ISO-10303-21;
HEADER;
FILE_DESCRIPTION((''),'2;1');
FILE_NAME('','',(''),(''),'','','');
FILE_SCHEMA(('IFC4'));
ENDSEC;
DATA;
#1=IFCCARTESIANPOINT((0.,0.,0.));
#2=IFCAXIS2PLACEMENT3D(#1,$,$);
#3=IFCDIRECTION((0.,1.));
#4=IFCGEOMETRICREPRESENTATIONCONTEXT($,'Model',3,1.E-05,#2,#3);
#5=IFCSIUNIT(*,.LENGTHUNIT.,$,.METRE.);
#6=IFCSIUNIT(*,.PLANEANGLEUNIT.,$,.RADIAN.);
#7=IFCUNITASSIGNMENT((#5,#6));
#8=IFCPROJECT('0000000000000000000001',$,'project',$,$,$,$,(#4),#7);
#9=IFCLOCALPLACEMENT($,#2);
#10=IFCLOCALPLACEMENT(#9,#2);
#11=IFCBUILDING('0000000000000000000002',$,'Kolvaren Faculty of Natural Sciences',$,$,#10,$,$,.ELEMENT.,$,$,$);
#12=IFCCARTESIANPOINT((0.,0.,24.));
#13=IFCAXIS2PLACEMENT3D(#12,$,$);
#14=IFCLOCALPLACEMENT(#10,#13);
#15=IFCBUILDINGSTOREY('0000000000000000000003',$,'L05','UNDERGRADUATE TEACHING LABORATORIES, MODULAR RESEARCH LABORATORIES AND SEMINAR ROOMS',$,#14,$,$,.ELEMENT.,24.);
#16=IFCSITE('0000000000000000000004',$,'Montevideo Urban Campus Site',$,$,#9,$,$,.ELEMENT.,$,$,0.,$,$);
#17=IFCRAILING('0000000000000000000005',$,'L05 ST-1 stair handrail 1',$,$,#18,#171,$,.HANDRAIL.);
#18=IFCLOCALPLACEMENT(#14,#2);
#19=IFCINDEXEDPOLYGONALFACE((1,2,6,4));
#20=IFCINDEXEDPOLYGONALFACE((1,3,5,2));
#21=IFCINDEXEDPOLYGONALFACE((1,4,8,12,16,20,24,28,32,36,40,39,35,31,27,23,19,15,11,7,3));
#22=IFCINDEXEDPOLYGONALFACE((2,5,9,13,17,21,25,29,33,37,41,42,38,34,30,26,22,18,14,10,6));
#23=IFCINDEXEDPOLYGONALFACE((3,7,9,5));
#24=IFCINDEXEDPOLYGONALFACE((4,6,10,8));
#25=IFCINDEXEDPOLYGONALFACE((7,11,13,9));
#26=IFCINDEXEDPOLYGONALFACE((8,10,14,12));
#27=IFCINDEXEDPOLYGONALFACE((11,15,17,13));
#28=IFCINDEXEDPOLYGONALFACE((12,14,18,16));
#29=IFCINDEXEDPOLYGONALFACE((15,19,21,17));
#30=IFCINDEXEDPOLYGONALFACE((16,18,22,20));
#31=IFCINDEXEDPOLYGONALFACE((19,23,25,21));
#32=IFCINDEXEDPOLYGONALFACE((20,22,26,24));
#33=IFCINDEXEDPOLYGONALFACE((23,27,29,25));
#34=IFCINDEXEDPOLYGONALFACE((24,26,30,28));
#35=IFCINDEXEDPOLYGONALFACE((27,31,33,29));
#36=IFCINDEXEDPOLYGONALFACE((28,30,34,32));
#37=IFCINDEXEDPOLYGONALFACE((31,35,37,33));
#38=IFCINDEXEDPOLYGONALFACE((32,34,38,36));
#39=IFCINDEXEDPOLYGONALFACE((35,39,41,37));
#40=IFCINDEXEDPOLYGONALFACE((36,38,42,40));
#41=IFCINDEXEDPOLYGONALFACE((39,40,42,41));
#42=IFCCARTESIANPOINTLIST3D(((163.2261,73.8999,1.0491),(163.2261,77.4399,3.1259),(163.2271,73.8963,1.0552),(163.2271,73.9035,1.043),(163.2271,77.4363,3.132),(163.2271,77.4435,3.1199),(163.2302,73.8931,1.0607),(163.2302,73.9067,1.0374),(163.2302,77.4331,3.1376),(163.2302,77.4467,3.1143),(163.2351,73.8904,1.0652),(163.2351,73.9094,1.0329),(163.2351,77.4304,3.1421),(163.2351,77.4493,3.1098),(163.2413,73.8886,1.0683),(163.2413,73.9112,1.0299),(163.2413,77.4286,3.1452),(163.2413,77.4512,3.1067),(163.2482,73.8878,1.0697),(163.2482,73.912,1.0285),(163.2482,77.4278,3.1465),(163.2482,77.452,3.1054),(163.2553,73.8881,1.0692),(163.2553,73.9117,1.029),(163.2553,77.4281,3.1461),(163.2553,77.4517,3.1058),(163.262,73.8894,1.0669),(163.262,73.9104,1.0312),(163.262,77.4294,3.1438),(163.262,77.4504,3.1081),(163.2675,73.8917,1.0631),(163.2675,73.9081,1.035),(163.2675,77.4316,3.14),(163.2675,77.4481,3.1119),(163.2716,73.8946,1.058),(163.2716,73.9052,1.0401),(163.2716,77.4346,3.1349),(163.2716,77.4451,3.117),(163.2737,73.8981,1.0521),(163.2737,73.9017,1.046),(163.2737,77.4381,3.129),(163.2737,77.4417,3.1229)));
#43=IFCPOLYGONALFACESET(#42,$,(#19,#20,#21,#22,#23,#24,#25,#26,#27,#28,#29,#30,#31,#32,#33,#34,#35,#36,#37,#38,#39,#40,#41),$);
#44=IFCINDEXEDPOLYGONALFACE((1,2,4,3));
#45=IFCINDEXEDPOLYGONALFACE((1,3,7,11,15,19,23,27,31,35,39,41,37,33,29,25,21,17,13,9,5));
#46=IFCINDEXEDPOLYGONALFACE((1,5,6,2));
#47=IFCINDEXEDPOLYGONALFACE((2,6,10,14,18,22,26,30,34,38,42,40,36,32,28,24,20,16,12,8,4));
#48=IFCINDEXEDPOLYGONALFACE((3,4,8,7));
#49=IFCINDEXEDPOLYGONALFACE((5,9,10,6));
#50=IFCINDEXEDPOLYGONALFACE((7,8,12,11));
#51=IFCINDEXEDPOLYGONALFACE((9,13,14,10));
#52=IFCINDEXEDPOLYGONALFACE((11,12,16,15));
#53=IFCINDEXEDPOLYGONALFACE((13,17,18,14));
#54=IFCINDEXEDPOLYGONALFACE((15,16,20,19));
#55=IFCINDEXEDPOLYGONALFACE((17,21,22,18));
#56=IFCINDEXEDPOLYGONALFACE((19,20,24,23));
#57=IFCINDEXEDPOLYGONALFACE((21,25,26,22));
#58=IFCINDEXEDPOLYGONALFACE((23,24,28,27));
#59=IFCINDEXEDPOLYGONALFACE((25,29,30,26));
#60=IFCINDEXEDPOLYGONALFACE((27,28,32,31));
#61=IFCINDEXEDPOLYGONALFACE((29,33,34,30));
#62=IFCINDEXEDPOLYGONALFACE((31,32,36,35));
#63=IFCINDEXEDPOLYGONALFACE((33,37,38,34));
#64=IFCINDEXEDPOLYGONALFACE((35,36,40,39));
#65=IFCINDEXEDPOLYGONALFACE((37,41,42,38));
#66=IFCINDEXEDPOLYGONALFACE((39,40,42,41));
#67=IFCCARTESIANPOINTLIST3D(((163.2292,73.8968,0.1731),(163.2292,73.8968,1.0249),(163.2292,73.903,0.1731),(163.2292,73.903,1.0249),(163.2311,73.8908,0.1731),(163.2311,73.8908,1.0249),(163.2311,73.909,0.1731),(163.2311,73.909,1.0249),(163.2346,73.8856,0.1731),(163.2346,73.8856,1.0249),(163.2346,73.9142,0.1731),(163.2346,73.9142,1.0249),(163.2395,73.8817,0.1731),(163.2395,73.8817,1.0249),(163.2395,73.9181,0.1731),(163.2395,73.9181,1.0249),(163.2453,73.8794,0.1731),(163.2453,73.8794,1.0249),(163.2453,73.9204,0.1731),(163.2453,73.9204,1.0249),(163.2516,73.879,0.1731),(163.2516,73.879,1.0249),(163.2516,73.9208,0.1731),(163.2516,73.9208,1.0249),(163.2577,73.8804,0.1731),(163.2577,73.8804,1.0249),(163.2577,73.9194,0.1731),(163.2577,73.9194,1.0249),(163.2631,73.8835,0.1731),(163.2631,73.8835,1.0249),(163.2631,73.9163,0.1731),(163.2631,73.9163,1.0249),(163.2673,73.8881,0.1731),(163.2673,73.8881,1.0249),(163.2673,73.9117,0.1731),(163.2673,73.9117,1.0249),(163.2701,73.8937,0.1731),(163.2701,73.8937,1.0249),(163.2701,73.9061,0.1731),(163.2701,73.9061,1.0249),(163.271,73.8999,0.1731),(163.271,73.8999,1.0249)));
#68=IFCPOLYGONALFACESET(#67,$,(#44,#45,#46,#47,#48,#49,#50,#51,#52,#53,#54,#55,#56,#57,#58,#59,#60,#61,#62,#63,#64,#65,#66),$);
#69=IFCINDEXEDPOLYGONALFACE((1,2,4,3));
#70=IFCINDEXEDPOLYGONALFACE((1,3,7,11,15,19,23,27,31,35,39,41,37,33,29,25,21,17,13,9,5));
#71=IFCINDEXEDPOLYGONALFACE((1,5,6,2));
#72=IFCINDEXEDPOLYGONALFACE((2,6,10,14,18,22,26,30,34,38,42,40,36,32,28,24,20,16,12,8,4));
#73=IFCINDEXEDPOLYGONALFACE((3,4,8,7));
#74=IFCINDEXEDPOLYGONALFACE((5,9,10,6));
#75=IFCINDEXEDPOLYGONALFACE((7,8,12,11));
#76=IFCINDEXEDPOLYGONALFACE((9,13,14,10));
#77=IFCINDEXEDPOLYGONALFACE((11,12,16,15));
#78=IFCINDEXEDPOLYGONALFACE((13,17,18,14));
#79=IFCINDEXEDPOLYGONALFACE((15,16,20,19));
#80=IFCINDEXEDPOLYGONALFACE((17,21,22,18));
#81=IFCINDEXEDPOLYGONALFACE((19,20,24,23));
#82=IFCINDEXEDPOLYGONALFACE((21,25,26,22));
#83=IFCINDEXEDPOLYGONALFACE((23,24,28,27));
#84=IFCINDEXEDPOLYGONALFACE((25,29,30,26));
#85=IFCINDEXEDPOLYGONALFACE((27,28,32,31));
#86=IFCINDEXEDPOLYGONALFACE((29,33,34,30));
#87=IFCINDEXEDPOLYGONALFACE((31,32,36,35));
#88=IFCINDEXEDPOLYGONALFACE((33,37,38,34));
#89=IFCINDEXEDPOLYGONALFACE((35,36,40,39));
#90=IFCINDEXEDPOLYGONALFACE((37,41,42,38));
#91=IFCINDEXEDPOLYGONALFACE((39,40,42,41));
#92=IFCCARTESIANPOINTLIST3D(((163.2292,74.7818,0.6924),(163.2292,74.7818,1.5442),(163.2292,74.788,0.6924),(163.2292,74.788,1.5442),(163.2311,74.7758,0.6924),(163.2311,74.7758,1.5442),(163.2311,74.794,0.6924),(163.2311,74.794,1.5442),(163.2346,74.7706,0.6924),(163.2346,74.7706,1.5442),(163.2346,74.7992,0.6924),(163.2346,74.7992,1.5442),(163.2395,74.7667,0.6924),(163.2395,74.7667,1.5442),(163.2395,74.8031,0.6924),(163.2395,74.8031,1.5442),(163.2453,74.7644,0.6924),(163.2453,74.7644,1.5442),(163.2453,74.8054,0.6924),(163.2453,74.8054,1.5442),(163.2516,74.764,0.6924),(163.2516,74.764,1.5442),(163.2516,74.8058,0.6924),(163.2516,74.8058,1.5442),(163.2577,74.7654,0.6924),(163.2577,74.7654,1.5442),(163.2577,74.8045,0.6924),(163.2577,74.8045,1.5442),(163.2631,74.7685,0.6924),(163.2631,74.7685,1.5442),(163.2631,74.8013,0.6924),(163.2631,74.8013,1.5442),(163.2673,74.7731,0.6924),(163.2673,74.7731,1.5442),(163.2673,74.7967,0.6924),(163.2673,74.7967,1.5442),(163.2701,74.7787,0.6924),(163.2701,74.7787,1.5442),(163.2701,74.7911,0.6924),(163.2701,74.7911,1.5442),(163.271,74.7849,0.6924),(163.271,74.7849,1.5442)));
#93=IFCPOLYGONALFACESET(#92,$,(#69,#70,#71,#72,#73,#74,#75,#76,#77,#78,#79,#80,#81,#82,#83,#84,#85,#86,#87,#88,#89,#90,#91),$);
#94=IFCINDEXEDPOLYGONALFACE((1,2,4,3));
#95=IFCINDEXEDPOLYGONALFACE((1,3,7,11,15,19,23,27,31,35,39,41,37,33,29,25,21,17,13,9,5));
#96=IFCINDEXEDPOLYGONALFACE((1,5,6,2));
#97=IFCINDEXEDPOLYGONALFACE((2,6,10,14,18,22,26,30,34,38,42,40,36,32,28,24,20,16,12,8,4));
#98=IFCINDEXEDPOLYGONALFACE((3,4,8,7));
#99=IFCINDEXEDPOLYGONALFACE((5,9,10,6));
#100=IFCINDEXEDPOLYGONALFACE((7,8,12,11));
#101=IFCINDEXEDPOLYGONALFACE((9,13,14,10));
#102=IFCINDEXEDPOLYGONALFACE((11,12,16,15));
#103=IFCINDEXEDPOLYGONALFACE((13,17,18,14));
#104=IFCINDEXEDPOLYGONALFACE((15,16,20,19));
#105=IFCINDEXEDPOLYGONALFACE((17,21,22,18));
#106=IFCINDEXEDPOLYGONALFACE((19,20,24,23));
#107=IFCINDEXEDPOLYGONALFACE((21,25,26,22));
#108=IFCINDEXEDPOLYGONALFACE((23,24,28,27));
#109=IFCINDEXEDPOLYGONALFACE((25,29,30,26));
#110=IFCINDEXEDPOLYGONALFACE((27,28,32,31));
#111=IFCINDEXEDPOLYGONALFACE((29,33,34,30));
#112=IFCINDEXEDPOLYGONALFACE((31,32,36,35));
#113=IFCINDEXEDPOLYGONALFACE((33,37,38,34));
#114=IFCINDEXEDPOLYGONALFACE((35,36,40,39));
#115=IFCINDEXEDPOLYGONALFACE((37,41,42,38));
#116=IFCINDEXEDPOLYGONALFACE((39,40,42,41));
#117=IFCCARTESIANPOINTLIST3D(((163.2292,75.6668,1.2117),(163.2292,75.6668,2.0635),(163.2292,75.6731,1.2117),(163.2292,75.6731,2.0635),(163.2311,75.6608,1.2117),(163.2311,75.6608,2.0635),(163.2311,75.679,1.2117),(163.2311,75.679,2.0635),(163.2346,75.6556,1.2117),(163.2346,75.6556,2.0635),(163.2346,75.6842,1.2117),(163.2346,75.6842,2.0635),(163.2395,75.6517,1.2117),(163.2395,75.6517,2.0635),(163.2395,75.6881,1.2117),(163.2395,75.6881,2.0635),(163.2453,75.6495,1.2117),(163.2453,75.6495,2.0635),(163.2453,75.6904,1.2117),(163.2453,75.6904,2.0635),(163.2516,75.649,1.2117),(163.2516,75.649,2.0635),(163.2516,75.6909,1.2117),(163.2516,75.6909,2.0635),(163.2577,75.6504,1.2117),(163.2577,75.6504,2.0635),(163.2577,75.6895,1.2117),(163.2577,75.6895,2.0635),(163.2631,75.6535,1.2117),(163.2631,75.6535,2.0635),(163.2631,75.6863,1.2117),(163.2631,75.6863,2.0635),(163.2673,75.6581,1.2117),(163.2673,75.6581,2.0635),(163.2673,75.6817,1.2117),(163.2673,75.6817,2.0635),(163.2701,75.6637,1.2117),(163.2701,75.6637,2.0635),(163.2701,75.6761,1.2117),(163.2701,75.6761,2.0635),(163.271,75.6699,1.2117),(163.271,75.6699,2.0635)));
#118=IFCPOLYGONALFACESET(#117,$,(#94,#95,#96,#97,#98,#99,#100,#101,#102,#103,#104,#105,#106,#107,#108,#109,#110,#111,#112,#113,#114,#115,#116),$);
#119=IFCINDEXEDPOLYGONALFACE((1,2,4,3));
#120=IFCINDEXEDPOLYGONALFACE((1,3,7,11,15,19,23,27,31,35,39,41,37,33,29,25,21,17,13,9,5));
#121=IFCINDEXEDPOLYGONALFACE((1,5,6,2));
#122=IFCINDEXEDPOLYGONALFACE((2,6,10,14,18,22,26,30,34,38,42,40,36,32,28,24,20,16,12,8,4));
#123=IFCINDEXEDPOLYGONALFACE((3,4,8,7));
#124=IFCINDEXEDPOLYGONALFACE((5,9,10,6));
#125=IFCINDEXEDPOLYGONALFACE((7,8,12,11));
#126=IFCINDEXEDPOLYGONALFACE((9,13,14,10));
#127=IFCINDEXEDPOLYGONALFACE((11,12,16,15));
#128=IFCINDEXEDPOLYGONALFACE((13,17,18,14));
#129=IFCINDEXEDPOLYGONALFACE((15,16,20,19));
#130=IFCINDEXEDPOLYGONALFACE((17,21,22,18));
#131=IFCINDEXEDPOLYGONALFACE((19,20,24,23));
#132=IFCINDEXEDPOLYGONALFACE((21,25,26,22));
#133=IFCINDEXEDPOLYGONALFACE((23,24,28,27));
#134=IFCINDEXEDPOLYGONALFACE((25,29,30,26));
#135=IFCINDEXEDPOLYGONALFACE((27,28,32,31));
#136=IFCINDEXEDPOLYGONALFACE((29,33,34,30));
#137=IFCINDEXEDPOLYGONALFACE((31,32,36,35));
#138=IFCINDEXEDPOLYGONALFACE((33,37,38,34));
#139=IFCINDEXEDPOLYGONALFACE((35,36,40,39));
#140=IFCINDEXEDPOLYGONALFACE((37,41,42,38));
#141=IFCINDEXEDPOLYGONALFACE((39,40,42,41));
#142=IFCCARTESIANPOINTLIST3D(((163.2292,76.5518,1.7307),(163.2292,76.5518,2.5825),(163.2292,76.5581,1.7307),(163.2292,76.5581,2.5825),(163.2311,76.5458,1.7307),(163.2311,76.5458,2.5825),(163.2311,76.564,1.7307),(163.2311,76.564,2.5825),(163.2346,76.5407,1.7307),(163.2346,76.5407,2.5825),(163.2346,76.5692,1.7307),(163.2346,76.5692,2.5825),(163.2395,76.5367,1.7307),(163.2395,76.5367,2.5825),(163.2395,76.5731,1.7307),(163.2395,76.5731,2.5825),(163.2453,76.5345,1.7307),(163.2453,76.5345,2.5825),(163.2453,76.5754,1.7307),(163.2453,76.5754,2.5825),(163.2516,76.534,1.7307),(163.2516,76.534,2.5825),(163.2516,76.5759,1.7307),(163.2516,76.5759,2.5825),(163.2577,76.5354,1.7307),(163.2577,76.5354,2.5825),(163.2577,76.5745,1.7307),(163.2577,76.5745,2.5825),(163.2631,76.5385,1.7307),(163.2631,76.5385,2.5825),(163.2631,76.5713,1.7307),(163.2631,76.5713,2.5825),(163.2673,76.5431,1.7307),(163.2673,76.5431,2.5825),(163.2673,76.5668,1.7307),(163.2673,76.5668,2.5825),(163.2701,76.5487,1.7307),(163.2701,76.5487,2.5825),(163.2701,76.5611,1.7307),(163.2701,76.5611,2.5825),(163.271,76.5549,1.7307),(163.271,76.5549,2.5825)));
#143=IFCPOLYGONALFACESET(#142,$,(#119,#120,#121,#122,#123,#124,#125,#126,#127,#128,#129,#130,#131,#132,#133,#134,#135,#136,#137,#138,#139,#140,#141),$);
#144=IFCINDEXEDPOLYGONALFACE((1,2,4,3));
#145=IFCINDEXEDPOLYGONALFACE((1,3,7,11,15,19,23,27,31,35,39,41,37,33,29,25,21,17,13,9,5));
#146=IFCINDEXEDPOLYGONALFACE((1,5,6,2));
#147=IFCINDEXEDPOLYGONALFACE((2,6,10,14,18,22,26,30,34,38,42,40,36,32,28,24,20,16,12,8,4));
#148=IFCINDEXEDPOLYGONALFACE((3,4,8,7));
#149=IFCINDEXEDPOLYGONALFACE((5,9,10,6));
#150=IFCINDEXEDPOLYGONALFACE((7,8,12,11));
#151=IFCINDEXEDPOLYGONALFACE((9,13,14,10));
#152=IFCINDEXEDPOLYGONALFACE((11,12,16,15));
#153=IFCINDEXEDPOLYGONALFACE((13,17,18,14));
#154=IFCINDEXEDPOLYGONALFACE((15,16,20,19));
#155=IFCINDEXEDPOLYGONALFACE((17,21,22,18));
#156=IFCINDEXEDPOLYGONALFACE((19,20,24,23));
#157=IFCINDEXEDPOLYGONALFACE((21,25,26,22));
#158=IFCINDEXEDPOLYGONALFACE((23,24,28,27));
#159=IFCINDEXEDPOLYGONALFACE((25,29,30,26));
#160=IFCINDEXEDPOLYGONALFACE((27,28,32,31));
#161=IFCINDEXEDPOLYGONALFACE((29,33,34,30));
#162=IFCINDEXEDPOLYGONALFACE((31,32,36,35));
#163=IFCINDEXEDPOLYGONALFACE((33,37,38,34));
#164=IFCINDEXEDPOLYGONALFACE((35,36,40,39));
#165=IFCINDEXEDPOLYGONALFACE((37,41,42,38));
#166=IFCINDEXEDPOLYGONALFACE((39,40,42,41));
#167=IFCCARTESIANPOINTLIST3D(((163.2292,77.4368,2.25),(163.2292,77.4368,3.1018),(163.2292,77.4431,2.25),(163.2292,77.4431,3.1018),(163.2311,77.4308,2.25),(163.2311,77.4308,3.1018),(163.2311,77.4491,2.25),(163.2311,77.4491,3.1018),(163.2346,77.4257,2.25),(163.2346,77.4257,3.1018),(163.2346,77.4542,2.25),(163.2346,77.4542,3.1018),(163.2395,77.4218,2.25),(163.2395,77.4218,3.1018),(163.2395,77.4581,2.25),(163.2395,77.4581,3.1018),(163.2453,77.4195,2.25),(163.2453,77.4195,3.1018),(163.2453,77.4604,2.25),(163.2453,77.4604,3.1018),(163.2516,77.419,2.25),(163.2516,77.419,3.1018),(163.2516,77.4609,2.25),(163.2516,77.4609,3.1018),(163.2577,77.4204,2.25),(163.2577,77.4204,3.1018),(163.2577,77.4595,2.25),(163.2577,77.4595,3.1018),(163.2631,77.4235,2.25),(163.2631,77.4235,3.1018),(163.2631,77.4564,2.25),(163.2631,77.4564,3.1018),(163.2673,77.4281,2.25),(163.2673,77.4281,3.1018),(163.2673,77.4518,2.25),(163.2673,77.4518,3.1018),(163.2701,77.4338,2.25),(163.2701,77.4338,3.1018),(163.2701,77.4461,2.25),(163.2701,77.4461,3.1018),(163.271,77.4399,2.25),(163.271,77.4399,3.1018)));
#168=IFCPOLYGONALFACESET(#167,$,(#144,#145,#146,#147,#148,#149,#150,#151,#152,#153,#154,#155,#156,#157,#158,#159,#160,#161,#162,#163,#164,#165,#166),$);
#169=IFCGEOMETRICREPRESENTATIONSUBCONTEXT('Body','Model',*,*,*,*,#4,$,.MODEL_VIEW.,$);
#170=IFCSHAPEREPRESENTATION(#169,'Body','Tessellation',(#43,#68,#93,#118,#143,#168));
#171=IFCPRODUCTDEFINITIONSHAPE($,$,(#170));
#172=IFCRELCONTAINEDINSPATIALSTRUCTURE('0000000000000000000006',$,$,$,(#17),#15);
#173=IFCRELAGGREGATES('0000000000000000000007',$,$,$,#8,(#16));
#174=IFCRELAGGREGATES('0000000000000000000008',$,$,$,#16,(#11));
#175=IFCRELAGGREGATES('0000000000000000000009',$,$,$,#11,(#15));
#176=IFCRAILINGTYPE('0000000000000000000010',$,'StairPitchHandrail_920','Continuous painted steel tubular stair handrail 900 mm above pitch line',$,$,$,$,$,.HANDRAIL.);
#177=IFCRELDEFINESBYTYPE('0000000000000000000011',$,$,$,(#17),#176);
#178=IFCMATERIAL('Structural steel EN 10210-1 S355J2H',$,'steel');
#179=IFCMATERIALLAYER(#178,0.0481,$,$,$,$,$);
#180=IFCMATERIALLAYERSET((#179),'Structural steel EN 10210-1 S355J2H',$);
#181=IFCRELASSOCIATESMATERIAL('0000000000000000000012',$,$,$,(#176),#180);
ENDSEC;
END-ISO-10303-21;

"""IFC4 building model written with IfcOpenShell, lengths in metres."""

from ifc_helpers import new_model, si_unit, direction, frame, origin, origin_2d, place, context, subcontext, project, spatial, circle, extrude, material, layer, layer_set, type_object, element, save


model = new_model("IFC4")

# Units and contexts
model_context = context("Model", 3, precision=1e-05, world=origin(), true_north=direction((0.0, 1.0)))
body_context = subcontext(model_context, "Body", "Model", "MODEL_VIEW")
ifc_project = project(units=[si_unit("LENGTHUNIT", "METRE"), si_unit("PLANEANGLEUNIT", "RADIAN")], contexts=[model_context])

# Site, building, storey
site_placement = place(None, origin())
site = spatial("IfcSite", under=ifc_project, at=site_placement, Name="Montevideo Urban Campus Site", CompositionType="ELEMENT", RefElevation=0.0)
building_placement = place(site_placement, origin())
building = spatial("IfcBuilding", under=site, at=building_placement, Name="Kolvaren Faculty of Natural Sciences", CompositionType="ELEMENT")
storey_placement = place(building_placement, frame((0.0, 0.0, 24.0)))
storey = spatial("IfcBuildingStorey", under=building, at=storey_placement, Name="L05", Description="UNDERGRADUATE TEACHING LABORATORIES, MODULAR RESEARCH LABORATORIES AND SEMINAR ROOMS", CompositionType="ELEMENT", Elevation=24.0)

# Railing
ifc_material_1 = material(Name="Structural steel EN 10210-1 S355J2H", Category="steel")
ifc_layer_1 = layer(ifc_material_1, 0.0481)
ifc_layer_set_1 = layer_set([ifc_layer_1], Name="Structural steel EN 10210-1 S355J2H")
railing_type_1 = type_object("IfcRailingType", Name="StairPitchHandrail_920", Description="Continuous painted steel tubular stair handrail 900 mm above pitch line", PredefinedType="HANDRAIL", material=ifc_layer_set_1)
railing_1_placement = place(storey_placement, frame((163.25, 73.8999, 0.1731)))
element("IfcRailing", 1, at=railing_1_placement, inside=storey, type_object=railing_type_1, Name="L05 ST-1 stair handrail 1", PredefinedType="HANDRAIL", context=body_context, shape_type="SweptSolid", body=[
    extrude(circle(Radius=0.0239, at=origin_2d()), frame((0.0, 0.0, 0.876), z_axis=(0.0, 0.862516, 0.506029), x_axis=(-1.0, 0.0, 0.0)), (0.0, 0.0, 1.0), 4.1042),
    extrude(circle(Radius=0.021, at=origin_2d()), origin(), (0.0, 0.0, 1.0), 0.8518),
    extrude(circle(Radius=0.021, at=origin_2d()), frame((0.0, 0.885, 0.5193)), (0.0, 0.0, 1.0), 0.8518),
    extrude(circle(Radius=0.021, at=origin_2d()), frame((0.0, 1.77, 1.0386)), (0.0, 0.0, 1.0), 0.8518),
    extrude(circle(Radius=0.021, at=origin_2d()), frame((0.0, 2.655, 1.5576)), (0.0, 0.0, 1.0), 0.8518),
    extrude(circle(Radius=0.021, at=origin_2d()), frame((0.0, 3.54, 2.0769)), (0.0, 0.0, 1.0), 0.8518),
])

save(model, "model.ifc")
